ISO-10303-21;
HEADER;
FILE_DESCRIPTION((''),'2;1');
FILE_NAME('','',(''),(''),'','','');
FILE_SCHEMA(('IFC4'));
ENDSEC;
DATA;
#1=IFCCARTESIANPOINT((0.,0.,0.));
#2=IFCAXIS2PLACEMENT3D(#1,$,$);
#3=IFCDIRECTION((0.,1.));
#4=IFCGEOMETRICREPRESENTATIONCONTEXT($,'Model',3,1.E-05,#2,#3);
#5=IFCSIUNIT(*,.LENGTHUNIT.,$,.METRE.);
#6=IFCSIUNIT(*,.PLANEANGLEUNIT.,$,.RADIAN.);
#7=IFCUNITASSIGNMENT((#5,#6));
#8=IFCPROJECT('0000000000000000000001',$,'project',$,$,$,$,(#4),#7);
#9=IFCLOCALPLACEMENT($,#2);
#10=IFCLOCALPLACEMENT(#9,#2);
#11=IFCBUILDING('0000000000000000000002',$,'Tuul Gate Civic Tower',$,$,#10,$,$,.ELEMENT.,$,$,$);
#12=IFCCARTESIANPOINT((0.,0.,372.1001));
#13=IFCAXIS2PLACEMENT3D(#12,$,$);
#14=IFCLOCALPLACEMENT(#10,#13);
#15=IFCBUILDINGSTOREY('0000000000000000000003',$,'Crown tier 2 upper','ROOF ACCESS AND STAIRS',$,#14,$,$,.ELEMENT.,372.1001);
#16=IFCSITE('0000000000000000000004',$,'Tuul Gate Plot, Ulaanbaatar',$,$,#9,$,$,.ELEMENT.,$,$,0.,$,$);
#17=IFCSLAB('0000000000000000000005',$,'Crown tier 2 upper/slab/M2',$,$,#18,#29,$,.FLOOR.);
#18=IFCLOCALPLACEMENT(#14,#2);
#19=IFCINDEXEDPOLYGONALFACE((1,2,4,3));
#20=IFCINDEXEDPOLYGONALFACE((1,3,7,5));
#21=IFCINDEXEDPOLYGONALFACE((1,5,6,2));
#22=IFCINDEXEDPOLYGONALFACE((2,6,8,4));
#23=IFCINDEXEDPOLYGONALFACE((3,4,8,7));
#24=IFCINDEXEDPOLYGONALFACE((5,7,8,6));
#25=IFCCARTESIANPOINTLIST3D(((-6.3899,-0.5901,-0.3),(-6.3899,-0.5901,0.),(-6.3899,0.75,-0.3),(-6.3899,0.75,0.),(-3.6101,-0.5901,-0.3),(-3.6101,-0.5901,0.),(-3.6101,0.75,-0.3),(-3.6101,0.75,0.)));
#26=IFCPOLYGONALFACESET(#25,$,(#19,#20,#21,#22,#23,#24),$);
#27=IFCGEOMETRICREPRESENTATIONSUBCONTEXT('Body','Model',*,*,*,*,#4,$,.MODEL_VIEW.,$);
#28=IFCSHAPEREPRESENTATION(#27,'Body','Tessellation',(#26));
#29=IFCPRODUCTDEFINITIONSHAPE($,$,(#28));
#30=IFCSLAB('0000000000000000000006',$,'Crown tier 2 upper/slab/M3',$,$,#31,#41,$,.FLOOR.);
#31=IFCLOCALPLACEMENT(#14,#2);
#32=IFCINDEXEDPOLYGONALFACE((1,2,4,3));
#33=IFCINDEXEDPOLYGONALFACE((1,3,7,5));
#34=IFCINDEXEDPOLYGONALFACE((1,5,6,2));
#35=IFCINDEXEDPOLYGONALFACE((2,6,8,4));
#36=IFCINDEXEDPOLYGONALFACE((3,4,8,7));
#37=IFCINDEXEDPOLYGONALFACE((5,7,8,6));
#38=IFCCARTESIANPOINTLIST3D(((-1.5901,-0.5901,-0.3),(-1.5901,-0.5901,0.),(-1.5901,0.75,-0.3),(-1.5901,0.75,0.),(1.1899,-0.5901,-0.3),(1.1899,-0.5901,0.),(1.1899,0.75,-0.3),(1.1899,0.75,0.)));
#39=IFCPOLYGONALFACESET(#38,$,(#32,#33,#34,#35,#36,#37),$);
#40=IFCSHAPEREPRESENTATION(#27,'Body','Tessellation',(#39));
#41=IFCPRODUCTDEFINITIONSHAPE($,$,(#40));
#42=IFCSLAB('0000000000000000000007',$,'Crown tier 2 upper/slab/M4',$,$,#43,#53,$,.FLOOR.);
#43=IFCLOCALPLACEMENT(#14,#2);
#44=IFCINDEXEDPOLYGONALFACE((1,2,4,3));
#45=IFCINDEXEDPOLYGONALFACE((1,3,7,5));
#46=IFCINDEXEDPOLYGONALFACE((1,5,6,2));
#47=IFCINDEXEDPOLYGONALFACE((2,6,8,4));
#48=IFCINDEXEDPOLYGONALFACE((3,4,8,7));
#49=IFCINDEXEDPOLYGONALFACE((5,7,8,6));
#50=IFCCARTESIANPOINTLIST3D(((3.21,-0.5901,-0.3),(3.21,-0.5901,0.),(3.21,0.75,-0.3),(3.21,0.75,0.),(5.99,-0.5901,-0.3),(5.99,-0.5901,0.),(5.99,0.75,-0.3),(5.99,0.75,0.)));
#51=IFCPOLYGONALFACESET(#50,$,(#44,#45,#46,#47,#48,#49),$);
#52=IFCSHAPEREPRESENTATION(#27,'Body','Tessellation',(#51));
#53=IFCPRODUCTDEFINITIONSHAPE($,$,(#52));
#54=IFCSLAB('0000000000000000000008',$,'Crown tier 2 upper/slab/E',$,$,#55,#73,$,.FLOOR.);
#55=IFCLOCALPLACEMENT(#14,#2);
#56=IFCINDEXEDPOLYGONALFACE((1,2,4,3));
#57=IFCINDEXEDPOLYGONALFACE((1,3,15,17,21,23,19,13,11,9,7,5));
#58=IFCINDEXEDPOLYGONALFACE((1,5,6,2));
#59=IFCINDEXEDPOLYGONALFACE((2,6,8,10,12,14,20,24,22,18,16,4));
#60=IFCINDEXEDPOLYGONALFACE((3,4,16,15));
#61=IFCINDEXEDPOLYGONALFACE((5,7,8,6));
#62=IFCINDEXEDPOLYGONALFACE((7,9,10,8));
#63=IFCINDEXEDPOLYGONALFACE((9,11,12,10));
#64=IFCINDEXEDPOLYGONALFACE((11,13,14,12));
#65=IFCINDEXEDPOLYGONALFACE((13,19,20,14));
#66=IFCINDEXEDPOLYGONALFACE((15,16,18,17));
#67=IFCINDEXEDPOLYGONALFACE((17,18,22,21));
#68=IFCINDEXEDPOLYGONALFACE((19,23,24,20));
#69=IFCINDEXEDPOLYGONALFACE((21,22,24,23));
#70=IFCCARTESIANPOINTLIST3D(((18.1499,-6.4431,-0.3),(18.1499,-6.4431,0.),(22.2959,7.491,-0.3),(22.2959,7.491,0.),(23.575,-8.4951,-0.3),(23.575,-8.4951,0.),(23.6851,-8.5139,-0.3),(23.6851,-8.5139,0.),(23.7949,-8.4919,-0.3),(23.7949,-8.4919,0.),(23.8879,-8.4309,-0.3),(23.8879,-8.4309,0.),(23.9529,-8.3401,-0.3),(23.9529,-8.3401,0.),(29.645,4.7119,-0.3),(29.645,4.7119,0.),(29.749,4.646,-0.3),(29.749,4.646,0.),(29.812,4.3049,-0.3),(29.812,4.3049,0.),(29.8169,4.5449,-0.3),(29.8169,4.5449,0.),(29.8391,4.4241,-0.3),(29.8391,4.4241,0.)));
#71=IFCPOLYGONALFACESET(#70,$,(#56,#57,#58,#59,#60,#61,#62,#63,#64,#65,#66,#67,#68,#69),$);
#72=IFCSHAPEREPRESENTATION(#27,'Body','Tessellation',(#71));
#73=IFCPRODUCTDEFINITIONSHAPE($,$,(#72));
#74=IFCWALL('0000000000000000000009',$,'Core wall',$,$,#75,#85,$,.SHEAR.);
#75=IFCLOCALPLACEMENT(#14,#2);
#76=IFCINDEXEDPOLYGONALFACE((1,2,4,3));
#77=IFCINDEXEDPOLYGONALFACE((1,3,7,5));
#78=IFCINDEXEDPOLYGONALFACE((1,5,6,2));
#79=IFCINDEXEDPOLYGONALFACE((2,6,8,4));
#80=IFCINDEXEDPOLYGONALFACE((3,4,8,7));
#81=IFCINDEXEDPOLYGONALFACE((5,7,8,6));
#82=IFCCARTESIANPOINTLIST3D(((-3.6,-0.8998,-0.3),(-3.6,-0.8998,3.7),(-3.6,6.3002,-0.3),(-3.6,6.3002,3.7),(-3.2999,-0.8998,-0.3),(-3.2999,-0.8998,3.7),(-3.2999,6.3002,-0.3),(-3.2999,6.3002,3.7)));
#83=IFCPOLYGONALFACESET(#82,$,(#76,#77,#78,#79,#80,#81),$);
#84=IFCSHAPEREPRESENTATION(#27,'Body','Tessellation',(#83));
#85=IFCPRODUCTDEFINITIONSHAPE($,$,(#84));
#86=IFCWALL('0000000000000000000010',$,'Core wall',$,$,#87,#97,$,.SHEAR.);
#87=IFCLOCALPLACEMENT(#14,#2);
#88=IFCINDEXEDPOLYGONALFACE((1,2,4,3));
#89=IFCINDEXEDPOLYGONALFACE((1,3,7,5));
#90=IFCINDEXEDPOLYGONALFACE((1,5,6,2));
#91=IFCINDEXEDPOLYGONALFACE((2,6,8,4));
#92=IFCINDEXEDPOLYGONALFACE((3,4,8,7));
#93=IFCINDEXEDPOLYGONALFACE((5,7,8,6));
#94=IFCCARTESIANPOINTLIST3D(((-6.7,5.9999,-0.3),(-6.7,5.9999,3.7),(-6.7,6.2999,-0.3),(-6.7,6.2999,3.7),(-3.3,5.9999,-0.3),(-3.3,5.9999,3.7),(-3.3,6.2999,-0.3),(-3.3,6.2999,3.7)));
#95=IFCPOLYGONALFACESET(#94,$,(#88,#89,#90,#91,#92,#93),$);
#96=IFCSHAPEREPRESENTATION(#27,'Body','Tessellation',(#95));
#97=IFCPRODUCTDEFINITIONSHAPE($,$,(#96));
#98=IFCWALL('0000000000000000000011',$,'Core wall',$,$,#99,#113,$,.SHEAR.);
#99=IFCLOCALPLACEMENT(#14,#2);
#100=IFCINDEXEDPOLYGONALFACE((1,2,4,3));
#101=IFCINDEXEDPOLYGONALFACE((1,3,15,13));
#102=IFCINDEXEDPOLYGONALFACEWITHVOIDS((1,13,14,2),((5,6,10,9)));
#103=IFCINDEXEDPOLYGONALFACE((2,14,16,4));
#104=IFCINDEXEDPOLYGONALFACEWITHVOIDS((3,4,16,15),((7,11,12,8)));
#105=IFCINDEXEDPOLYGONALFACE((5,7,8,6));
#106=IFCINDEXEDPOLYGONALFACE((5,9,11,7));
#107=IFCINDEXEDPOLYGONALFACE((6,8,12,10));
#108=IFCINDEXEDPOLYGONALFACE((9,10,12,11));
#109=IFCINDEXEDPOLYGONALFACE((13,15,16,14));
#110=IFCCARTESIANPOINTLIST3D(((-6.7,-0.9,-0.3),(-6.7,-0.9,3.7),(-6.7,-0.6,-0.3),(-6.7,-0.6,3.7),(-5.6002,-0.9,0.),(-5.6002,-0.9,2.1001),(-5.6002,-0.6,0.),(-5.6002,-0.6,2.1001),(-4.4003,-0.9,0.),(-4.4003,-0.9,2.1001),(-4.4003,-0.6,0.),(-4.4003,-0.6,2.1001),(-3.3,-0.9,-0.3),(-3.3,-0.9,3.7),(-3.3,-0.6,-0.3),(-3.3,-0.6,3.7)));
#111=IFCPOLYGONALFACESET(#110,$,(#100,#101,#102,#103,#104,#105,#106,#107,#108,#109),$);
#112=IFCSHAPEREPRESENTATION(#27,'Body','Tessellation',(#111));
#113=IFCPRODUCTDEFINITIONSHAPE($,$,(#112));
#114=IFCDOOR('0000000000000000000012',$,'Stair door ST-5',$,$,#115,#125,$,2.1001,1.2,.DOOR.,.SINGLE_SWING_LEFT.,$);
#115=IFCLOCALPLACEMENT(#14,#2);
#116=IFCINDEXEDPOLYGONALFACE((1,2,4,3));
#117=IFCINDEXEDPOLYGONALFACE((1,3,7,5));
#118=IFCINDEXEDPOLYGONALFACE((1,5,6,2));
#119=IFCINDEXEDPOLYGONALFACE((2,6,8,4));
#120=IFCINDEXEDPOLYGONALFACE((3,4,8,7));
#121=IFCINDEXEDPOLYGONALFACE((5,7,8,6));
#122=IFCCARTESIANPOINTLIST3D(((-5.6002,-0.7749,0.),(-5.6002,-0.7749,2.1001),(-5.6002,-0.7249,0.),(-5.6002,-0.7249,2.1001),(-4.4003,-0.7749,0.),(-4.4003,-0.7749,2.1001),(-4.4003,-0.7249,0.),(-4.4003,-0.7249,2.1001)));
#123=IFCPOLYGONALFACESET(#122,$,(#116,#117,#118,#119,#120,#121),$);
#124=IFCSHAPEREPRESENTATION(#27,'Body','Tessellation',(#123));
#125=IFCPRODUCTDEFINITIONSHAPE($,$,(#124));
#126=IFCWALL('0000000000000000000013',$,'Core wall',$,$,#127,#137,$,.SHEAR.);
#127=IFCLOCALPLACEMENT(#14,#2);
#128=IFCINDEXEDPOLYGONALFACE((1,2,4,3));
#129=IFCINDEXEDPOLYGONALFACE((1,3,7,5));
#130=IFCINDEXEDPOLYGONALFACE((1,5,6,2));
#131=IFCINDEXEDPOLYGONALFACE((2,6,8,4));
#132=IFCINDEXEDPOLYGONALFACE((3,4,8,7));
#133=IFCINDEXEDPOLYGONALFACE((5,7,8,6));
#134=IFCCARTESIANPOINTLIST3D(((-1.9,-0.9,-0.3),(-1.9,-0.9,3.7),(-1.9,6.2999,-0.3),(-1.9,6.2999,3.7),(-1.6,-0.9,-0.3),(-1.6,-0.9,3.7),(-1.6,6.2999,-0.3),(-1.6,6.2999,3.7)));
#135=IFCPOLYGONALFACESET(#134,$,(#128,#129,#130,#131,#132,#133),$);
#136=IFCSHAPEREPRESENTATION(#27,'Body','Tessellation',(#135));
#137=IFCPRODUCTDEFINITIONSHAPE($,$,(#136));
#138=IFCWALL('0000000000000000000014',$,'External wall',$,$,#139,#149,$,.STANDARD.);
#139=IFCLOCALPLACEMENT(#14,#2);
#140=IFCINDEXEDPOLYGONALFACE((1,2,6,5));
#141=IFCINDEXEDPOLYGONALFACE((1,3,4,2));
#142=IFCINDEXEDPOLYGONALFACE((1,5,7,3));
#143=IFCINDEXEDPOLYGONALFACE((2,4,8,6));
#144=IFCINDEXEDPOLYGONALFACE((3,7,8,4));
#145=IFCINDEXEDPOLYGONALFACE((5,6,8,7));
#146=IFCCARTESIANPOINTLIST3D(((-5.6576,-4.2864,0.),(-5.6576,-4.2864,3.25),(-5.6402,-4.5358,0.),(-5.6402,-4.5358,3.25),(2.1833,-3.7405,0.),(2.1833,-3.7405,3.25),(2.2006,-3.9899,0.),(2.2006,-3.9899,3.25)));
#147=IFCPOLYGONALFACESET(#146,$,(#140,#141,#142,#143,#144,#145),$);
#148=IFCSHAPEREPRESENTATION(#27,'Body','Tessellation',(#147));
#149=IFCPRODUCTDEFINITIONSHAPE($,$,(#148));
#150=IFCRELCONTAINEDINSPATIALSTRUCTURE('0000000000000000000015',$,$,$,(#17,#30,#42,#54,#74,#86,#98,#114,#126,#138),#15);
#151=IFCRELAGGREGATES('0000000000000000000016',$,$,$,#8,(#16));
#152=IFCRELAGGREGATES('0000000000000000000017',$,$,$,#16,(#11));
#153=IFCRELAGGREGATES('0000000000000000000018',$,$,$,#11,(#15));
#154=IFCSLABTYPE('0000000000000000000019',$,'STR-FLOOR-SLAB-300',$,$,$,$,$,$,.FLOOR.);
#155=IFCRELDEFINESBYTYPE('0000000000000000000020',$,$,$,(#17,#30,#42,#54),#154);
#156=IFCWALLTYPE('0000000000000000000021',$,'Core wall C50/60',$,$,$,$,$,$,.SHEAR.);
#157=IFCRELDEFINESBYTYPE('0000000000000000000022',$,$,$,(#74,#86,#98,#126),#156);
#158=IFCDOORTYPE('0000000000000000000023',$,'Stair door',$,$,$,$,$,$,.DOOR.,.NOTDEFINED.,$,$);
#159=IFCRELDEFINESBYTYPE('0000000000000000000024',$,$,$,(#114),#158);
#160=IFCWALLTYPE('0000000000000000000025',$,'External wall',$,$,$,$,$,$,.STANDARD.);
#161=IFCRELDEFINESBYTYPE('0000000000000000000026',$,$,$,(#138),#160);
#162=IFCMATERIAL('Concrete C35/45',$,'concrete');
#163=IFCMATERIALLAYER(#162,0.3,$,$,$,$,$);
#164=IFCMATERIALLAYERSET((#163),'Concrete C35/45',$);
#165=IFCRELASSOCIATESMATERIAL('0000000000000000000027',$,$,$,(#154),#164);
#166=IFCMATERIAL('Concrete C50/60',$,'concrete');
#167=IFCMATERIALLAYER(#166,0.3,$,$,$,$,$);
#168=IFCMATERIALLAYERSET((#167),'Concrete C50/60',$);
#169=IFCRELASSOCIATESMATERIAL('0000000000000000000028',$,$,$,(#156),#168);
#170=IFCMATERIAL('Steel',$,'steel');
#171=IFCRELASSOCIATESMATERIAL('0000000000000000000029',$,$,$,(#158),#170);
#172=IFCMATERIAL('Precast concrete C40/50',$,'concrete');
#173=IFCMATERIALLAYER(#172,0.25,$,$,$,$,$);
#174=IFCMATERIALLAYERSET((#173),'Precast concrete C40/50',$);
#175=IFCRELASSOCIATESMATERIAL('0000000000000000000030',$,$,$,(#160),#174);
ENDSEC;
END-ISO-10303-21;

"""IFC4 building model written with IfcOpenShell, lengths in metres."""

from ifc_helpers import new_model, si_unit, direction, frame, frame_2d, origin, place, context, subcontext, project, spatial, polyline, rectangle, outline, extrude, material, layer, layer_set, type_object, element, fill, save


model = new_model("IFC4")

# Units and contexts
model_context = context("Model", 3, precision=1e-05, world=origin(), true_north=direction((0.0, 1.0)))
body_context = subcontext(model_context, "Body", "Model", "MODEL_VIEW")
ifc_project = project(units=[si_unit("LENGTHUNIT", "METRE"), si_unit("PLANEANGLEUNIT", "RADIAN")], contexts=[model_context])

# Site, building, storey
site_placement = place(None, origin())
site = spatial("IfcSite", under=ifc_project, at=site_placement, Name="Tuul Gate Plot, Ulaanbaatar", CompositionType="ELEMENT", RefElevation=0.0)
building_placement = place(site_placement, origin())
building = spatial("IfcBuilding", under=site, at=building_placement, Name="Tuul Gate Civic Tower", CompositionType="ELEMENT")
storey_placement = place(building_placement, frame((0.0, 0.0, 372.1001)))
storey = spatial("IfcBuildingStorey", under=building, at=storey_placement, Name="Crown tier 2 upper", Description="ROOF ACCESS AND STAIRS", CompositionType="ELEMENT", Elevation=372.1001)

# Slabs
ifc_material_1 = material(Name="Concrete C35/45", Category="concrete")
ifc_layer_1 = layer(ifc_material_1, 0.3)
ifc_layer_set_1 = layer_set([ifc_layer_1], Name="Concrete C35/45")
slab_type_1 = type_object("IfcSlabType", Name="STR-FLOOR-SLAB-300", PredefinedType="FLOOR", material=ifc_layer_set_1)
slab_1_placement = place(storey_placement, frame((0.0, 0.0, -0.3)))
element("IfcSlab", 1, at=slab_1_placement, inside=storey, type_object=slab_type_1, Name="Crown tier 2 upper/slab/M2", PredefinedType="FLOOR", context=body_context, shape_type="SweptSolid", body=[
    extrude(outline(polyline([(-3.6101, 0.75), (-6.3899, 0.75), (-6.3899, -0.5901), (-3.6101, -0.5901), (-3.6101, 0.75)])), origin(), (0.0, 0.0, 1.0), 0.3),
])
slab_2_placement = place(storey_placement, frame((0.0, 0.0, -0.3)))
element("IfcSlab", 2, at=slab_2_placement, inside=storey, type_object=slab_type_1, Name="Crown tier 2 upper/slab/M3", PredefinedType="FLOOR", context=body_context, shape_type="SweptSolid", body=[
    extrude(outline(polyline([(1.1899, 0.75), (-1.5901, 0.75), (-1.5901, -0.5901), (1.1899, -0.5901), (1.1899, 0.75)])), origin(), (0.0, 0.0, 1.0), 0.3),
])
slab_3_placement = place(storey_placement, frame((0.0, 0.0, -0.3)))
element("IfcSlab", 3, at=slab_3_placement, inside=storey, type_object=slab_type_1, Name="Crown tier 2 upper/slab/M4", PredefinedType="FLOOR", context=body_context, shape_type="SweptSolid", body=[
    extrude(outline(polyline([(3.21, 0.75), (3.21, -0.5901), (5.99, -0.5901), (5.99, 0.75), (3.21, 0.75)])), origin(), (0.0, 0.0, 1.0), 0.3),
])
slab_4_placement = place(storey_placement, frame((0.0, 0.0, -0.3)))
element("IfcSlab", 4, at=slab_4_placement, inside=storey, type_object=slab_type_1, Name="Crown tier 2 upper/slab/E", PredefinedType="FLOOR", context=body_context, shape_type="SweptSolid", body=[
    extrude(outline(polyline([(23.8879, -8.4309), (23.9529, -8.3401), (29.812, 4.3049), (29.8391, 4.4241), (29.8169, 4.5449), (29.749, 4.646), (29.645, 4.7119), (22.2959, 7.491), (18.1499, -6.4431), (23.575, -8.4951), (23.6851, -8.5139), (23.7949, -8.4919), (23.8879, -8.4309)])), origin(), (0.0, 0.0, 1.0), 0.3),
])

# Walls
ifc_material_2 = material(Name="Concrete C50/60", Category="concrete")
ifc_layer_2 = layer(ifc_material_2, 0.3)
ifc_layer_set_2 = layer_set([ifc_layer_2], Name="Concrete C50/60")
wall_type_1 = type_object("IfcWallType", Name="Core wall C50/60", PredefinedType="SHEAR", material=ifc_layer_set_2)
wall_1_placement = place(storey_placement, frame((-3.45, -0.8999, -0.3), z_axis=(0.0, 0.0, 1.0), x_axis=(0.0, 1.0, 0.0)))
element("IfcWall", 5, at=wall_1_placement, inside=storey, type_object=wall_type_1, Name="Core wall", PredefinedType="SHEAR", context=body_context, shape_type="SweptSolid", body=[
    extrude(rectangle(XDim=7.2, YDim=0.3, at=frame_2d((3.6001, 0.0))), origin(), (0.0, 0.0, 1.0), 4.0),
])
wall_2_placement = place(storey_placement, frame((-3.3, 6.1499, -0.3), z_axis=(0.0, 0.0, 1.0), x_axis=(-1.0, 0.0, 0.0)))
element("IfcWall", 6, at=wall_2_placement, inside=storey, type_object=wall_type_1, Name="Core wall", PredefinedType="SHEAR", context=body_context, shape_type="SweptSolid", body=[
    extrude(rectangle(XDim=3.3999, YDim=0.3, at=frame_2d((1.7, 0.0))), origin(), (0.0, 0.0, 1.0), 4.0),
])

# Wall, opening, door
wall_3_placement = place(storey_placement, frame((-3.3, -0.75, -0.3), z_axis=(0.0, 0.0, 1.0), x_axis=(-1.0, 0.0, 0.0)))
wall_3 = element("IfcWall", 7, at=wall_3_placement, inside=storey, type_object=wall_type_1, Name="Core wall", PredefinedType="SHEAR", context=body_context, shape_type="SweptSolid", body=[
    extrude(rectangle(XDim=3.3999, YDim=0.3, at=frame_2d((1.7, 0.0))), origin(), (0.0, 0.0, 1.0), 4.0),
])
opening_placement = place(wall_3_placement, frame((1.1001, 0.0, 0.3)))
opening = element("IfcOpeningElement", 8, at=opening_placement, cuts=wall_3, PredefinedType="OPENING", context=body_context, shape_type="SweptSolid", body=[
    extrude(rectangle(XDim=1.2, YDim=2.1001, at=frame_2d((0.6001, 1.05))), frame((0.0, 0.1602, 0.0), z_axis=(0.0, -1.0, 0.0), x_axis=(1.0, 0.0, 0.0)), (0.0, 0.0, 1.0), 0.3201),
])
ifc_material_3 = material(Name="Steel", Category="steel")
door_type = type_object("IfcDoorType", Name="Stair door", OperationType="NOTDEFINED", PredefinedType="DOOR", material=ifc_material_3)
door_placement = place(opening_placement, origin())
door = element("IfcDoor", 9, at=door_placement, inside=storey, type_object=door_type, Name="Stair door ST-5", OperationType="SINGLE_SWING_LEFT", OverallHeight=2.1001, OverallWidth=1.2, PredefinedType="DOOR", context=body_context, shape_type="SweptSolid", body=[
    extrude(rectangle(XDim=1.2, YDim=2.1001, at=frame_2d((0.6001, 1.05))), frame((0.0, 0.0249, 0.0), z_axis=(0.0, -1.0, 0.0), x_axis=(1.0, 0.0, 0.0)), (0.0, 0.0, 1.0), 0.05),
])
fill(opening, door)

# Walls
wall_4_placement = place(storey_placement, frame((-1.75, 6.3, -0.3), z_axis=(0.0, 0.0, 1.0), x_axis=(0.0, -1.0, 0.0)))
element("IfcWall", 10, at=wall_4_placement, inside=storey, type_object=wall_type_1, Name="Core wall", PredefinedType="SHEAR", context=body_context, shape_type="SweptSolid", body=[
    extrude(rectangle(XDim=7.2, YDim=0.3, at=frame_2d((3.6001, 0.0))), origin(), (0.0, 0.0, 1.0), 4.0),
])
ifc_material_4 = material(Name="Precast concrete C40/50", Category="concrete")
ifc_layer_3 = layer(ifc_material_4, 0.25)
ifc_layer_set_3 = layer_set([ifc_layer_3], Name="Precast concrete C40/50")
wall_type_2 = type_object("IfcWallType", Name="External wall", PredefinedType="STANDARD", material=ifc_layer_set_3)
wall_5_placement = place(storey_placement, frame((-5.6489, -4.4111, 0.0), z_axis=(0.0, 0.0, 1.0), x_axis=(0.997585, 0.069454, 0.0)))
element("IfcWall", 11, at=wall_5_placement, inside=storey, type_object=wall_type_2, Name="External wall", PredefinedType="STANDARD", context=body_context, shape_type="SweptSolid", body=[
    extrude(rectangle(XDim=7.8599, YDim=0.25, at=frame_2d((3.9299, 0.0))), origin(), (0.0, 0.0, 1.0), 3.25),
])

save(model, "model.ifc")
